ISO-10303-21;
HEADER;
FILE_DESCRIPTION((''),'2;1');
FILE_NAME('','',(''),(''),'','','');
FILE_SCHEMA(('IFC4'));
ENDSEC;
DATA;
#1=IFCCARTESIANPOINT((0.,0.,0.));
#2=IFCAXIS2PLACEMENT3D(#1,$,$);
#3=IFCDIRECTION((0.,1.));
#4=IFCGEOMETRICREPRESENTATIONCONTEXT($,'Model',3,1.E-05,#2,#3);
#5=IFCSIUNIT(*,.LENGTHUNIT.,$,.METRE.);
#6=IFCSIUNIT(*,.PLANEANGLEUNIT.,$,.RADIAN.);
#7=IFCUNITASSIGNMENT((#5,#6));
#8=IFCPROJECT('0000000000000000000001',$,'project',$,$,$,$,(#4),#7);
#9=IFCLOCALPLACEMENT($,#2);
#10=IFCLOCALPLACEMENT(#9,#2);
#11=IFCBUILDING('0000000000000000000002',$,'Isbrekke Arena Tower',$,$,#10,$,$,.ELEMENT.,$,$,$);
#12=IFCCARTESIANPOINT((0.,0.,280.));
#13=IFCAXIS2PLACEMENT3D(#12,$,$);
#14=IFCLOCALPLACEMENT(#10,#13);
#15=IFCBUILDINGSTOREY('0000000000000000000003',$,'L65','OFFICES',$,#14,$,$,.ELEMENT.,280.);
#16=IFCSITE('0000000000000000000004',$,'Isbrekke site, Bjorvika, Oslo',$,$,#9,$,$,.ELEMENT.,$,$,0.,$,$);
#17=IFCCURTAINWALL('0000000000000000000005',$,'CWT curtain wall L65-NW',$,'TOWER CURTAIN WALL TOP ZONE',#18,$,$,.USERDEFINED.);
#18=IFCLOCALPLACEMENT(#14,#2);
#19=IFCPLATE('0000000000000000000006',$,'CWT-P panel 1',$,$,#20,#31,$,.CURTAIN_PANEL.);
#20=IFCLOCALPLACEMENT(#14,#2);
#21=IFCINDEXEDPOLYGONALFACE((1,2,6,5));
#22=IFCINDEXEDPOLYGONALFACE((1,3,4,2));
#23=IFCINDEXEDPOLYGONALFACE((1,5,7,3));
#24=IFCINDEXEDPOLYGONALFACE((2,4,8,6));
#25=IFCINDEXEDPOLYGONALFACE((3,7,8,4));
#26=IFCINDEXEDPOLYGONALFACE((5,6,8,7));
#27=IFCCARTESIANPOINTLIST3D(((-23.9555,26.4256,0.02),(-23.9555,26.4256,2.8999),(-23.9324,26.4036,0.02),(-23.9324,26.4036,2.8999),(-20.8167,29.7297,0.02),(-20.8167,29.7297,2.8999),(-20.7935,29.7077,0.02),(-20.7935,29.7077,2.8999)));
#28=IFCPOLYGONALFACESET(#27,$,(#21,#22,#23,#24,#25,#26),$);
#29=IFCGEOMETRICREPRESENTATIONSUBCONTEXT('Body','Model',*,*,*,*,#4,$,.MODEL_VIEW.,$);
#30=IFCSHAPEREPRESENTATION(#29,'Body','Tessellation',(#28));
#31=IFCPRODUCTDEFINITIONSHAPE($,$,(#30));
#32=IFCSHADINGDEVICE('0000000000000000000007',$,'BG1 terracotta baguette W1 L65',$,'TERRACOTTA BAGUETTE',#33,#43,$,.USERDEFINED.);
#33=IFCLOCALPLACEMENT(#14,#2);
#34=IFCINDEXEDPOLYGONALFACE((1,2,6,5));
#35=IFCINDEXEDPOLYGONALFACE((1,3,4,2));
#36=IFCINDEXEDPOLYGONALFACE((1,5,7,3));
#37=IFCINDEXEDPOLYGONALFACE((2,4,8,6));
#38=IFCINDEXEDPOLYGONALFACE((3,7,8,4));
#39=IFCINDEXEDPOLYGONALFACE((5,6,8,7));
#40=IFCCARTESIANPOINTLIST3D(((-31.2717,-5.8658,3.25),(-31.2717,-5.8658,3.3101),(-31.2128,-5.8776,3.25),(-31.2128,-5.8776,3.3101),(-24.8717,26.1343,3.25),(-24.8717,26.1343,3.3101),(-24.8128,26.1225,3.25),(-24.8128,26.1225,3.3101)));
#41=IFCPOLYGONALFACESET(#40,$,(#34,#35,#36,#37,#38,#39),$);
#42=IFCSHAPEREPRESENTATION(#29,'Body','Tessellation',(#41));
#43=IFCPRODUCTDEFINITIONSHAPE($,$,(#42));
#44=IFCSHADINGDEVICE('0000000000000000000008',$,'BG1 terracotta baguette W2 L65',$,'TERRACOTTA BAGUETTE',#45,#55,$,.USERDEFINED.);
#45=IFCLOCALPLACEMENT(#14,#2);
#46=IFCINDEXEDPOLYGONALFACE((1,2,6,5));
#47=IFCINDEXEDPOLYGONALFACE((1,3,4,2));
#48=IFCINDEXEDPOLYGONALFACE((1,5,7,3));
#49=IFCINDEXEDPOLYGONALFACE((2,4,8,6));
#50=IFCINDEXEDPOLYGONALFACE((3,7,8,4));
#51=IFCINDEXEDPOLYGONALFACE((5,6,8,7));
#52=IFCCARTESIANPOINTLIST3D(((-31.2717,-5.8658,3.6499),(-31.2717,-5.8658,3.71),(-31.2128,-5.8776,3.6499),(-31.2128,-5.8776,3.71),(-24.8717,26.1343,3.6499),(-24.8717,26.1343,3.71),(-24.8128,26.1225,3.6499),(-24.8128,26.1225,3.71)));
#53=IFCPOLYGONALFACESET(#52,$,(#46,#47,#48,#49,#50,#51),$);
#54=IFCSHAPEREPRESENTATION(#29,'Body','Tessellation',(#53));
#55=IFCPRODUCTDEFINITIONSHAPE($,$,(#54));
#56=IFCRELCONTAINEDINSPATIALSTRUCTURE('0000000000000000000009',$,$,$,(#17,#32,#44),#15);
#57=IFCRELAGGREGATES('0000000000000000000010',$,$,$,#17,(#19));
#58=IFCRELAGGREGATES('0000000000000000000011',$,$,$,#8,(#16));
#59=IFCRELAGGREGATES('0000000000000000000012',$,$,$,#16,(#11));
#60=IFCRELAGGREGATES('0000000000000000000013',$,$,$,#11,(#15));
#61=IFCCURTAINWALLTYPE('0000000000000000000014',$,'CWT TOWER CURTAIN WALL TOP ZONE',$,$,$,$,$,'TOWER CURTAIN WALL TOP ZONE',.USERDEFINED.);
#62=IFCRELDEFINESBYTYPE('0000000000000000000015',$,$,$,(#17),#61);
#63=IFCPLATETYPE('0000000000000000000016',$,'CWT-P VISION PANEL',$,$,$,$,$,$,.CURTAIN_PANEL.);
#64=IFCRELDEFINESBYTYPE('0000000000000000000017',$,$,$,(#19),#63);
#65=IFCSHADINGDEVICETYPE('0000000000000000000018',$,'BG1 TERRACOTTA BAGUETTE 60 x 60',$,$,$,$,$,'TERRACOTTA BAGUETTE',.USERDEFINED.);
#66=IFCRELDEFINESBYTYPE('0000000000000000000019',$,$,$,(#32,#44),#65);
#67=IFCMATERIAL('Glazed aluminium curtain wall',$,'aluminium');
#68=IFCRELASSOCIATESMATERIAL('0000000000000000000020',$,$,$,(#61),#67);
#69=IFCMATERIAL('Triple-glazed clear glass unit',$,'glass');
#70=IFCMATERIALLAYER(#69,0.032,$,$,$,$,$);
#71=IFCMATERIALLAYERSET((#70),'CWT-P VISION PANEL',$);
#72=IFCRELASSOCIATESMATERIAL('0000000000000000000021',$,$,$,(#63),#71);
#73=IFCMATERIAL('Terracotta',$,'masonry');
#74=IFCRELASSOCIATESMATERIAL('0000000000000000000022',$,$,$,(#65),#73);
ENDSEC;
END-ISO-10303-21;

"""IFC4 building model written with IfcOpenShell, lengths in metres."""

from ifc_helpers import new_model, si_unit, direction, frame, origin, origin_2d, place, context, subcontext, project, spatial, rectangle, extrude, material, layer, layer_set, material_profile, profile_set, type_object, element, aggregate, save


model = new_model("IFC4")

# Units and contexts
model_context = context("Model", 3, precision=1e-05, world=origin(), true_north=direction((0.0, 1.0)))
body_context = subcontext(model_context, "Body", "Model", "MODEL_VIEW")
ifc_project = project(units=[si_unit("LENGTHUNIT", "METRE"), si_unit("PLANEANGLEUNIT", "RADIAN")], contexts=[model_context])

# Site, building, storey
site_placement = place(None, origin())
site = spatial("IfcSite", under=ifc_project, at=site_placement, Name="Isbrekke site, Bjorvika, Oslo", CompositionType="ELEMENT", RefElevation=0.0)
building_placement = place(site_placement, origin())
building = spatial("IfcBuilding", under=site, at=building_placement, Name="Isbrekke Arena Tower", CompositionType="ELEMENT")
storey_placement = place(building_placement, frame((0.0, 0.0, 280.0)))
storey = spatial("IfcBuildingStorey", under=building, at=storey_placement, Name="L65", Description="OFFICES", CompositionType="ELEMENT", Elevation=280.0)

# Shared definitions
ifc_material_1 = material(Name="Glazed aluminium curtain wall", Category="aluminium")
curtain_wall_type = type_object("IfcCurtainWallType", Name="CWT TOWER CURTAIN WALL TOP ZONE", ElementType="TOWER CURTAIN WALL TOP ZONE", PredefinedType="USERDEFINED", material=ifc_material_1)

# Curtain wall
curtain_wall_1_placement = place(storey_placement, origin())
curtain_wall_1 = element("IfcCurtainWall", 1, at=curtain_wall_1_placement, inside=storey, type_object=curtain_wall_type, Name="CWT curtain wall L65-NW", ObjectType="TOWER CURTAIN WALL TOP ZONE", PredefinedType="USERDEFINED")

# Plate
ifc_material_2 = material(Name="Triple-glazed clear glass unit", Category="glass")
ifc_layer_1 = layer(ifc_material_2, 0.032)
ifc_layer_set_1 = layer_set([ifc_layer_1], Name="CWT-P VISION PANEL")
plate_type = type_object("IfcPlateType", Name="CWT-P VISION PANEL", PredefinedType="CURTAIN_PANEL", material=ifc_layer_set_1)
plate_1_placement = place(storey_placement, frame((-22.3745, 28.0667, 0.02), z_axis=(0.0, 0.0, 1.0), x_axis=(-0.688749, -0.724999, 0.0)))
plate_1 = element("IfcPlate", 2, at=plate_1_placement, type_object=plate_type, Name="CWT-P panel 1", PredefinedType="CURTAIN_PANEL", context=body_context, shape_type="SweptSolid", body=[
    extrude(rectangle(XDim=4.5574, YDim=0.032, at=origin_2d()), origin(), (0.0, 0.0, 1.0), 2.8799),
])
aggregate(curtain_wall_1, [plate_1])

# Shading devices
ifc_material_3 = material(Name="Terracotta", Category="masonry")
ifc_material_profile_1 = material_profile(ifc_material_3, rectangle(XDim=0.0601, YDim=0.0601, at=origin_2d()), Name="BAGUETTE 60X60")
ifc_profile_set_1 = profile_set([ifc_material_profile_1], Name="Terracotta")
shading_device_type = type_object("IfcShadingDeviceType", Name="BG1 TERRACOTTA BAGUETTE 60 x 60", ElementType="TERRACOTTA BAGUETTE", PredefinedType="USERDEFINED", material=ifc_profile_set_1)
for number, where, z_axis, x_axis, name in (
    (3, (-24.8423, 26.1284, 3.28), (-0.196113, -0.980581, 0.0), (0.980581, -0.196113, 0.0), "BG1 terracotta baguette W1 L65"),
    (4, (-24.8423, 26.1284, 3.6799), (-0.196113, -0.980581, 0.0), (0.980581, -0.196113, 0.0), "BG1 terracotta baguette W2 L65"),
):
    element("IfcShadingDevice", number, at=place(storey_placement, frame(where, z_axis=z_axis, x_axis=x_axis)), inside=storey, type_object=shading_device_type, Name=name, ObjectType="TERRACOTTA BAGUETTE", PredefinedType="USERDEFINED", context=body_context, shape_type="SweptSolid", body=[
        extrude(rectangle(XDim=0.0601, YDim=0.0601, at=origin_2d()), origin(), (0.0, 0.0, 1.0), 32.6338),
    ])

save(model, "model.ifc")
